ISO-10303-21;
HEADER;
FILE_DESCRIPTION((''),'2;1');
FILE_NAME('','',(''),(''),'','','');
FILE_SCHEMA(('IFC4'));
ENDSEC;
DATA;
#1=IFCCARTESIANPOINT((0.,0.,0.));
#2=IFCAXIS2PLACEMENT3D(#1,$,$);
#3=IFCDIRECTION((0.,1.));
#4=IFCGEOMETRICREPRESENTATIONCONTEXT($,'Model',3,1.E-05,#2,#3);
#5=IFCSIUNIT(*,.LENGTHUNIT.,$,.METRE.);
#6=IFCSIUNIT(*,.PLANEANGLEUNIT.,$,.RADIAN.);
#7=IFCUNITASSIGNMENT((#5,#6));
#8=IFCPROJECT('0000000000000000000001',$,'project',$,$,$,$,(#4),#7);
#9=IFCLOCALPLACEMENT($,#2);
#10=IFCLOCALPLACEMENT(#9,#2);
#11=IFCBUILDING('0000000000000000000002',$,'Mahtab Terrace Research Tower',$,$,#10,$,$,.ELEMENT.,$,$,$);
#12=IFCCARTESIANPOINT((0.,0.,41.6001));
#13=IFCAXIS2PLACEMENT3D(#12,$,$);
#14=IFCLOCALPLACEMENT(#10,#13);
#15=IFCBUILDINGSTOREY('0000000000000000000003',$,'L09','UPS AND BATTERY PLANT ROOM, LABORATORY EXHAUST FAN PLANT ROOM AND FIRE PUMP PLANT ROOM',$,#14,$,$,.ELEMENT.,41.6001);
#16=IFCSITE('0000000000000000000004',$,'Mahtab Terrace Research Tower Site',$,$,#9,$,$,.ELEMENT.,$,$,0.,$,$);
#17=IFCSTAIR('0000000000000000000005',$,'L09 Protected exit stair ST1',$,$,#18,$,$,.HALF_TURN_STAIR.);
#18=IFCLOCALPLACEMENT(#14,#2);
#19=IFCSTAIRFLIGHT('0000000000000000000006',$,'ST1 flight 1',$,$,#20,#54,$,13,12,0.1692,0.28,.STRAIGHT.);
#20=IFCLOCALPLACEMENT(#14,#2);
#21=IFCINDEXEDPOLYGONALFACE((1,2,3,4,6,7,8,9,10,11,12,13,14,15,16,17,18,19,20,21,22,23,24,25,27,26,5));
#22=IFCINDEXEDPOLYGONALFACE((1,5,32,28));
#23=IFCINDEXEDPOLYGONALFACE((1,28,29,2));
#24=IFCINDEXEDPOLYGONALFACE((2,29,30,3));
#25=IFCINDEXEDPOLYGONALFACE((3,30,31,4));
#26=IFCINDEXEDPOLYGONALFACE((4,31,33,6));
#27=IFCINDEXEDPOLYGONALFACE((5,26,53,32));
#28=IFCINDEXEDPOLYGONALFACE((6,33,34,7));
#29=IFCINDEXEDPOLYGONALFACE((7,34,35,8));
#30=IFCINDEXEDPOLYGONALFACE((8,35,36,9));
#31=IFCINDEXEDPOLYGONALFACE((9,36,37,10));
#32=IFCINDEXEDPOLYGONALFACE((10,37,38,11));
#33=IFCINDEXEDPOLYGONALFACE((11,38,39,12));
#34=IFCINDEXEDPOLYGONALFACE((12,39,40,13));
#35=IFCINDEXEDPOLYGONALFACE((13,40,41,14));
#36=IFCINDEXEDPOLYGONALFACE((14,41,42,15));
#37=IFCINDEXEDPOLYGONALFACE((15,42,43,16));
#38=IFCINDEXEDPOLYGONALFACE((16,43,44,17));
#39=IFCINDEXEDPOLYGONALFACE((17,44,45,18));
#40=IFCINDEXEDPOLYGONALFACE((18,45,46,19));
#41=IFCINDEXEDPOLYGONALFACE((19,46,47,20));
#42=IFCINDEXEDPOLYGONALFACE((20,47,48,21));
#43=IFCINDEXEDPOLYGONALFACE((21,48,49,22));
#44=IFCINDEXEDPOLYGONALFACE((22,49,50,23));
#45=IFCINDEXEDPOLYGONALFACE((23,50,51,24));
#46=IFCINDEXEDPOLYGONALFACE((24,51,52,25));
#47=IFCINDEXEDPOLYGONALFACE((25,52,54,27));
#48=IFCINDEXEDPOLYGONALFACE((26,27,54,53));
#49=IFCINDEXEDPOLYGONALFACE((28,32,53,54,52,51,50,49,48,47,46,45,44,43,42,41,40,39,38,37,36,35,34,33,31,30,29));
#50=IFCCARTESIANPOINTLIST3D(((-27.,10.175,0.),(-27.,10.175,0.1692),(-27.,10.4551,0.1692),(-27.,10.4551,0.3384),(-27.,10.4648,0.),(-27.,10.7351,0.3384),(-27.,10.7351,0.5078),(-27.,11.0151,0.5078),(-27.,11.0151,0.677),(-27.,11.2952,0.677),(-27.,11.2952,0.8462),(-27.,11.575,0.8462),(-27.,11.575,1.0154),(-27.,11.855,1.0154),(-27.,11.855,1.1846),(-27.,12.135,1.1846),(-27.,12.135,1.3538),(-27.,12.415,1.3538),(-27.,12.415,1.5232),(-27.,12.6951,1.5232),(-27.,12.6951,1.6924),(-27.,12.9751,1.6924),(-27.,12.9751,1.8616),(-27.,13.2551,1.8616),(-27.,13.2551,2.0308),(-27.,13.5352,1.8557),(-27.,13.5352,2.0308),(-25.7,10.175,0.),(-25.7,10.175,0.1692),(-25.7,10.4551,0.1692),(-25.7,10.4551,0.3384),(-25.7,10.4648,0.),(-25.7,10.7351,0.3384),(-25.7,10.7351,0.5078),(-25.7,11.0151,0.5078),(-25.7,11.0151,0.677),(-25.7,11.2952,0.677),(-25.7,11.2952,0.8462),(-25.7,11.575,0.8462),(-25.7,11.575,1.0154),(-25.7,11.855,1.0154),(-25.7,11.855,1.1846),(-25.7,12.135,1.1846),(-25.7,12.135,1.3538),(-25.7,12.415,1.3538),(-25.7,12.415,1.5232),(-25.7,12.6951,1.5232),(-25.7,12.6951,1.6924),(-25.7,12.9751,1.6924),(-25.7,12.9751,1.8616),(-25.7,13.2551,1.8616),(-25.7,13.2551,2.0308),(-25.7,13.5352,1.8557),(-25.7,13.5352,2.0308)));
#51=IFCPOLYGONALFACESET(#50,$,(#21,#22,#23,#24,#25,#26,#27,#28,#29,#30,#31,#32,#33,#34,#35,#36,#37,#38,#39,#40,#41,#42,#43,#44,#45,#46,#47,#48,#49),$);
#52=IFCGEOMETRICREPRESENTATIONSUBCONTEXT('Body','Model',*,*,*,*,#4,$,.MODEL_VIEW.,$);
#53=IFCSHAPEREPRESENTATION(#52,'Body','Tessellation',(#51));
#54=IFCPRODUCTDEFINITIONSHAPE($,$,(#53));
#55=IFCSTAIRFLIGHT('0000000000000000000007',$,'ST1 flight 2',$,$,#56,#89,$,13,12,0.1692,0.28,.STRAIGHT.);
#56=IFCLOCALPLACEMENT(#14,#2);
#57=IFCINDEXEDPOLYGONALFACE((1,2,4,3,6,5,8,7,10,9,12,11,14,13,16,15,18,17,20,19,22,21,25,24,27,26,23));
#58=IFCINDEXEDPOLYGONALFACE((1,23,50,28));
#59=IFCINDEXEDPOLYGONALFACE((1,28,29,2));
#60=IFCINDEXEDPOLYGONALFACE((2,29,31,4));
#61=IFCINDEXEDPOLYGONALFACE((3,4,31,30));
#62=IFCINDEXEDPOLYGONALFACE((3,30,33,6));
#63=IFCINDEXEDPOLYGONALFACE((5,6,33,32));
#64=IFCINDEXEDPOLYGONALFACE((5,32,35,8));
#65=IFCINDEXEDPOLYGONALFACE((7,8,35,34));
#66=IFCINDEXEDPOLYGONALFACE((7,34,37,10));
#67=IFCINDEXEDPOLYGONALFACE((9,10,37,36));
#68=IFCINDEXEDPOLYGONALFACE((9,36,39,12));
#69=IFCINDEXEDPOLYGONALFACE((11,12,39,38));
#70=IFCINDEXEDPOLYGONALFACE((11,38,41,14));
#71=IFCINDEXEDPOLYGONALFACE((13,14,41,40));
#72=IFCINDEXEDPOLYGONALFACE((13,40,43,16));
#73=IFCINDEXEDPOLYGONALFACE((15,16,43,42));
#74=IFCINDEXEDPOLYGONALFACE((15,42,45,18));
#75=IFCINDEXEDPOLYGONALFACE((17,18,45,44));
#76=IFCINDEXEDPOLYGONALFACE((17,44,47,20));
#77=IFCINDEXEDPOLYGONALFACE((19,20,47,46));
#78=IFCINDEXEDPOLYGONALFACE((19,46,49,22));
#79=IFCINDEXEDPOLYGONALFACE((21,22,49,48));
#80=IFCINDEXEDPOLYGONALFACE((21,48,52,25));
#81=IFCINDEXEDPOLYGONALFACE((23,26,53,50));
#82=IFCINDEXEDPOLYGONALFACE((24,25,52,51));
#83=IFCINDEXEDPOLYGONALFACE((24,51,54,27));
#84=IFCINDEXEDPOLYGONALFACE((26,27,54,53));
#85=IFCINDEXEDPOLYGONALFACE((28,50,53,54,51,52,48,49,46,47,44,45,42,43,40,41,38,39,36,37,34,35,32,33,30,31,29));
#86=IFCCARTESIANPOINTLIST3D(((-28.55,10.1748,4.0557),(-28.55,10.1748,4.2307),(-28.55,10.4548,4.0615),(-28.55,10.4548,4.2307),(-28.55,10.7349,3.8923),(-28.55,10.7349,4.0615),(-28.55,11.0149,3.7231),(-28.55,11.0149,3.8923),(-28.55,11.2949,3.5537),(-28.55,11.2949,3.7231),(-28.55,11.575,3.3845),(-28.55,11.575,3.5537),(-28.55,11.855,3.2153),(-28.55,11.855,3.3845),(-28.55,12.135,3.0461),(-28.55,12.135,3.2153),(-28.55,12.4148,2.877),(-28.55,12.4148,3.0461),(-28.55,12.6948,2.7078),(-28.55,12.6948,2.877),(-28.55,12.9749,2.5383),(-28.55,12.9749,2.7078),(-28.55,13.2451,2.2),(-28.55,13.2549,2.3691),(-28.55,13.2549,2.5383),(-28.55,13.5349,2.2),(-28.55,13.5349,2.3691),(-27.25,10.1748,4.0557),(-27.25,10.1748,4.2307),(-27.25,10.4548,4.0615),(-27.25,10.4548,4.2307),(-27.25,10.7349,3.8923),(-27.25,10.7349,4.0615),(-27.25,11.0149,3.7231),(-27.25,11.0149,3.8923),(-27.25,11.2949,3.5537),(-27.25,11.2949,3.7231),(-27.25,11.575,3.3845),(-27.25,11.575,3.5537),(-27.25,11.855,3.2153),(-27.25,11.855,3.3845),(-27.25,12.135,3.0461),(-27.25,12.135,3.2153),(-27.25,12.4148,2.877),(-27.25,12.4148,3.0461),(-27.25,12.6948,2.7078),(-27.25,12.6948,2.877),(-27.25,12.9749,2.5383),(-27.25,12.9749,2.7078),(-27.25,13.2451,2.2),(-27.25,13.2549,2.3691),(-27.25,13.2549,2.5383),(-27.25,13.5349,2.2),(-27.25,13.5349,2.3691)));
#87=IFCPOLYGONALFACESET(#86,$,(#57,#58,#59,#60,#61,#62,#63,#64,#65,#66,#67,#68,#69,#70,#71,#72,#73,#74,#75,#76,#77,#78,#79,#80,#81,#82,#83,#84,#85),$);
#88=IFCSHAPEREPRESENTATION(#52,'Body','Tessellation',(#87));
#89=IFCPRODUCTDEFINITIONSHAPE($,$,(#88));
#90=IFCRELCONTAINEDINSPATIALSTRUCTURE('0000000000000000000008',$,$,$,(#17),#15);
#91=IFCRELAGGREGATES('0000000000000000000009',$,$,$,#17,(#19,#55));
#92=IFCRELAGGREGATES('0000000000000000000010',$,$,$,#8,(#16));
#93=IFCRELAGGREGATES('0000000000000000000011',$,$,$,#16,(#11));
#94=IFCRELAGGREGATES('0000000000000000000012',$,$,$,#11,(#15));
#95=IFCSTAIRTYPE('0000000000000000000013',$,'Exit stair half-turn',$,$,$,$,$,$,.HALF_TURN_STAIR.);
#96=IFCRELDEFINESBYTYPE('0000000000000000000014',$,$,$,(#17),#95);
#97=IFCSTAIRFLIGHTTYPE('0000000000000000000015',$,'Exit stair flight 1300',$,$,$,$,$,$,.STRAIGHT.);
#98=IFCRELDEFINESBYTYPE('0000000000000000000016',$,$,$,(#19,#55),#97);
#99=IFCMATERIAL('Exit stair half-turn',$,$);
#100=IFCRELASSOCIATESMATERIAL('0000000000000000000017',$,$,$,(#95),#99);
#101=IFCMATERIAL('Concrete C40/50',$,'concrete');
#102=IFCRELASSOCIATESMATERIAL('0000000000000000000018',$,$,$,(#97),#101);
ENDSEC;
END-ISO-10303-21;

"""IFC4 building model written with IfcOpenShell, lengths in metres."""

from ifc_helpers import new_model, si_unit, direction, frame, origin, place, context, subcontext, project, spatial, polyline, outline, extrude, material, type_object, element, aggregate, save


model = new_model("IFC4")

# Units and contexts
model_context = context("Model", 3, precision=1e-05, world=origin(), true_north=direction((0.0, 1.0)))
body_context = subcontext(model_context, "Body", "Model", "MODEL_VIEW")
ifc_project = project(units=[si_unit("LENGTHUNIT", "METRE"), si_unit("PLANEANGLEUNIT", "RADIAN")], contexts=[model_context])

# Site, building, storey
site_placement = place(None, origin())
site = spatial("IfcSite", under=ifc_project, at=site_placement, Name="Mahtab Terrace Research Tower Site", CompositionType="ELEMENT", RefElevation=0.0)
building_placement = place(site_placement, origin())
building = spatial("IfcBuilding", under=site, at=building_placement, Name="Mahtab Terrace Research Tower", CompositionType="ELEMENT")
storey_placement = place(building_placement, frame((0.0, 0.0, 41.6001)))
storey = spatial("IfcBuildingStorey", under=building, at=storey_placement, Name="L09", Description="UPS AND BATTERY PLANT ROOM, LABORATORY EXHAUST FAN PLANT ROOM AND FIRE PUMP PLANT ROOM", CompositionType="ELEMENT", Elevation=41.6001)

# Stair, stair flights
ifc_material_1 = material(Name="Exit stair half-turn")
stair_type = type_object("IfcStairType", Name="Exit stair half-turn", PredefinedType="HALF_TURN_STAIR", material=ifc_material_1)
stair_placement = place(storey_placement, origin())
stair = element("IfcStair", 1, at=stair_placement, inside=storey, type_object=stair_type, Name="L09 Protected exit stair ST1", PredefinedType="HALF_TURN_STAIR")
ifc_material_2 = material(Name="Concrete C40/50", Category="concrete")
stair_flight_type = type_object("IfcStairFlightType", Name="Exit stair flight 1300", PredefinedType="STRAIGHT", material=ifc_material_2)
stair_flight_1_placement = place(storey_placement, frame((-26.3501, 10.175, 0.0), z_axis=(0.0, 0.0, 1.0), x_axis=(0.0, 1.0, 0.0)))
stair_flight_1 = element("IfcStairFlight", 2, at=stair_flight_1_placement, type_object=stair_flight_type, Name="ST1 flight 1", NumberOfRisers=13, NumberOfTreads=12, PredefinedType="STRAIGHT", RiserHeight=0.1692, TreadLength=0.28, context=body_context, shape_type="SweptSolid", body=[
    extrude(outline(polyline([(0.0, 0.0), (0.0, 0.1692), (0.28, 0.1692), (0.28, 0.3384), (0.5601, 0.3384), (0.5601, 0.5078), (0.8401, 0.5078), (0.8401, 0.677), (1.1201, 0.677), (1.1201, 0.8462), (1.3999, 0.8462), (1.3999, 1.0154), (1.6799, 1.0154), (1.6799, 1.1846), (1.96, 1.1846), (1.96, 1.3538), (2.24, 1.3538), (2.24, 1.5232), (2.52, 1.5232), (2.52, 1.6924), (2.8, 1.6924), (2.8, 1.8616), (3.0801, 1.8616), (3.0801, 2.0308), (3.3601, 2.0308), (3.3601, 2.2), (3.3601, 1.8557), (0.2898, 0.0), (0.0, 0.0)])), frame((0.0, 0.6499, 0.0), z_axis=(0.0, -1.0, 0.0), x_axis=(1.0, 0.0, 0.0)), (0.0, 0.0, 1.0), 1.3),
])
stair_flight_2_placement = place(storey_placement, frame((-27.8999, 13.5349, 2.2), z_axis=(0.0, 0.0, 1.0), x_axis=(0.0, -1.0, 0.0)))
stair_flight_2 = element("IfcStairFlight", 3, at=stair_flight_2_placement, type_object=stair_flight_type, Name="ST1 flight 2", NumberOfRisers=13, NumberOfTreads=12, PredefinedType="STRAIGHT", RiserHeight=0.1692, TreadLength=0.28, context=body_context, shape_type="SweptSolid", body=[
    extrude(outline(polyline([(0.0, 0.0), (0.0, 0.1692), (0.28, 0.1692), (0.28, 0.3384), (0.5601, 0.3384), (0.5601, 0.5078), (0.8401, 0.5078), (0.8401, 0.677), (1.1201, 0.677), (1.1201, 0.8462), (1.3999, 0.8462), (1.3999, 1.0154), (1.6799, 1.0154), (1.6799, 1.1846), (1.96, 1.1846), (1.96, 1.3538), (2.24, 1.3538), (2.24, 1.5232), (2.52, 1.5232), (2.52, 1.6924), (2.8, 1.6924), (2.8, 1.8616), (3.0801, 1.8616), (3.0801, 2.0308), (3.3601, 2.0308), (3.3601, 2.2), (3.3601, 1.8557), (0.2898, 0.0), (0.0, 0.0)])), frame((0.0, 0.6499, 0.0), z_axis=(0.0, -1.0, 0.0), x_axis=(1.0, 0.0, 0.0)), (0.0, 0.0, 1.0), 1.3),
])
aggregate(stair, [stair_flight_1, stair_flight_2])

save(model, "model.ifc")
